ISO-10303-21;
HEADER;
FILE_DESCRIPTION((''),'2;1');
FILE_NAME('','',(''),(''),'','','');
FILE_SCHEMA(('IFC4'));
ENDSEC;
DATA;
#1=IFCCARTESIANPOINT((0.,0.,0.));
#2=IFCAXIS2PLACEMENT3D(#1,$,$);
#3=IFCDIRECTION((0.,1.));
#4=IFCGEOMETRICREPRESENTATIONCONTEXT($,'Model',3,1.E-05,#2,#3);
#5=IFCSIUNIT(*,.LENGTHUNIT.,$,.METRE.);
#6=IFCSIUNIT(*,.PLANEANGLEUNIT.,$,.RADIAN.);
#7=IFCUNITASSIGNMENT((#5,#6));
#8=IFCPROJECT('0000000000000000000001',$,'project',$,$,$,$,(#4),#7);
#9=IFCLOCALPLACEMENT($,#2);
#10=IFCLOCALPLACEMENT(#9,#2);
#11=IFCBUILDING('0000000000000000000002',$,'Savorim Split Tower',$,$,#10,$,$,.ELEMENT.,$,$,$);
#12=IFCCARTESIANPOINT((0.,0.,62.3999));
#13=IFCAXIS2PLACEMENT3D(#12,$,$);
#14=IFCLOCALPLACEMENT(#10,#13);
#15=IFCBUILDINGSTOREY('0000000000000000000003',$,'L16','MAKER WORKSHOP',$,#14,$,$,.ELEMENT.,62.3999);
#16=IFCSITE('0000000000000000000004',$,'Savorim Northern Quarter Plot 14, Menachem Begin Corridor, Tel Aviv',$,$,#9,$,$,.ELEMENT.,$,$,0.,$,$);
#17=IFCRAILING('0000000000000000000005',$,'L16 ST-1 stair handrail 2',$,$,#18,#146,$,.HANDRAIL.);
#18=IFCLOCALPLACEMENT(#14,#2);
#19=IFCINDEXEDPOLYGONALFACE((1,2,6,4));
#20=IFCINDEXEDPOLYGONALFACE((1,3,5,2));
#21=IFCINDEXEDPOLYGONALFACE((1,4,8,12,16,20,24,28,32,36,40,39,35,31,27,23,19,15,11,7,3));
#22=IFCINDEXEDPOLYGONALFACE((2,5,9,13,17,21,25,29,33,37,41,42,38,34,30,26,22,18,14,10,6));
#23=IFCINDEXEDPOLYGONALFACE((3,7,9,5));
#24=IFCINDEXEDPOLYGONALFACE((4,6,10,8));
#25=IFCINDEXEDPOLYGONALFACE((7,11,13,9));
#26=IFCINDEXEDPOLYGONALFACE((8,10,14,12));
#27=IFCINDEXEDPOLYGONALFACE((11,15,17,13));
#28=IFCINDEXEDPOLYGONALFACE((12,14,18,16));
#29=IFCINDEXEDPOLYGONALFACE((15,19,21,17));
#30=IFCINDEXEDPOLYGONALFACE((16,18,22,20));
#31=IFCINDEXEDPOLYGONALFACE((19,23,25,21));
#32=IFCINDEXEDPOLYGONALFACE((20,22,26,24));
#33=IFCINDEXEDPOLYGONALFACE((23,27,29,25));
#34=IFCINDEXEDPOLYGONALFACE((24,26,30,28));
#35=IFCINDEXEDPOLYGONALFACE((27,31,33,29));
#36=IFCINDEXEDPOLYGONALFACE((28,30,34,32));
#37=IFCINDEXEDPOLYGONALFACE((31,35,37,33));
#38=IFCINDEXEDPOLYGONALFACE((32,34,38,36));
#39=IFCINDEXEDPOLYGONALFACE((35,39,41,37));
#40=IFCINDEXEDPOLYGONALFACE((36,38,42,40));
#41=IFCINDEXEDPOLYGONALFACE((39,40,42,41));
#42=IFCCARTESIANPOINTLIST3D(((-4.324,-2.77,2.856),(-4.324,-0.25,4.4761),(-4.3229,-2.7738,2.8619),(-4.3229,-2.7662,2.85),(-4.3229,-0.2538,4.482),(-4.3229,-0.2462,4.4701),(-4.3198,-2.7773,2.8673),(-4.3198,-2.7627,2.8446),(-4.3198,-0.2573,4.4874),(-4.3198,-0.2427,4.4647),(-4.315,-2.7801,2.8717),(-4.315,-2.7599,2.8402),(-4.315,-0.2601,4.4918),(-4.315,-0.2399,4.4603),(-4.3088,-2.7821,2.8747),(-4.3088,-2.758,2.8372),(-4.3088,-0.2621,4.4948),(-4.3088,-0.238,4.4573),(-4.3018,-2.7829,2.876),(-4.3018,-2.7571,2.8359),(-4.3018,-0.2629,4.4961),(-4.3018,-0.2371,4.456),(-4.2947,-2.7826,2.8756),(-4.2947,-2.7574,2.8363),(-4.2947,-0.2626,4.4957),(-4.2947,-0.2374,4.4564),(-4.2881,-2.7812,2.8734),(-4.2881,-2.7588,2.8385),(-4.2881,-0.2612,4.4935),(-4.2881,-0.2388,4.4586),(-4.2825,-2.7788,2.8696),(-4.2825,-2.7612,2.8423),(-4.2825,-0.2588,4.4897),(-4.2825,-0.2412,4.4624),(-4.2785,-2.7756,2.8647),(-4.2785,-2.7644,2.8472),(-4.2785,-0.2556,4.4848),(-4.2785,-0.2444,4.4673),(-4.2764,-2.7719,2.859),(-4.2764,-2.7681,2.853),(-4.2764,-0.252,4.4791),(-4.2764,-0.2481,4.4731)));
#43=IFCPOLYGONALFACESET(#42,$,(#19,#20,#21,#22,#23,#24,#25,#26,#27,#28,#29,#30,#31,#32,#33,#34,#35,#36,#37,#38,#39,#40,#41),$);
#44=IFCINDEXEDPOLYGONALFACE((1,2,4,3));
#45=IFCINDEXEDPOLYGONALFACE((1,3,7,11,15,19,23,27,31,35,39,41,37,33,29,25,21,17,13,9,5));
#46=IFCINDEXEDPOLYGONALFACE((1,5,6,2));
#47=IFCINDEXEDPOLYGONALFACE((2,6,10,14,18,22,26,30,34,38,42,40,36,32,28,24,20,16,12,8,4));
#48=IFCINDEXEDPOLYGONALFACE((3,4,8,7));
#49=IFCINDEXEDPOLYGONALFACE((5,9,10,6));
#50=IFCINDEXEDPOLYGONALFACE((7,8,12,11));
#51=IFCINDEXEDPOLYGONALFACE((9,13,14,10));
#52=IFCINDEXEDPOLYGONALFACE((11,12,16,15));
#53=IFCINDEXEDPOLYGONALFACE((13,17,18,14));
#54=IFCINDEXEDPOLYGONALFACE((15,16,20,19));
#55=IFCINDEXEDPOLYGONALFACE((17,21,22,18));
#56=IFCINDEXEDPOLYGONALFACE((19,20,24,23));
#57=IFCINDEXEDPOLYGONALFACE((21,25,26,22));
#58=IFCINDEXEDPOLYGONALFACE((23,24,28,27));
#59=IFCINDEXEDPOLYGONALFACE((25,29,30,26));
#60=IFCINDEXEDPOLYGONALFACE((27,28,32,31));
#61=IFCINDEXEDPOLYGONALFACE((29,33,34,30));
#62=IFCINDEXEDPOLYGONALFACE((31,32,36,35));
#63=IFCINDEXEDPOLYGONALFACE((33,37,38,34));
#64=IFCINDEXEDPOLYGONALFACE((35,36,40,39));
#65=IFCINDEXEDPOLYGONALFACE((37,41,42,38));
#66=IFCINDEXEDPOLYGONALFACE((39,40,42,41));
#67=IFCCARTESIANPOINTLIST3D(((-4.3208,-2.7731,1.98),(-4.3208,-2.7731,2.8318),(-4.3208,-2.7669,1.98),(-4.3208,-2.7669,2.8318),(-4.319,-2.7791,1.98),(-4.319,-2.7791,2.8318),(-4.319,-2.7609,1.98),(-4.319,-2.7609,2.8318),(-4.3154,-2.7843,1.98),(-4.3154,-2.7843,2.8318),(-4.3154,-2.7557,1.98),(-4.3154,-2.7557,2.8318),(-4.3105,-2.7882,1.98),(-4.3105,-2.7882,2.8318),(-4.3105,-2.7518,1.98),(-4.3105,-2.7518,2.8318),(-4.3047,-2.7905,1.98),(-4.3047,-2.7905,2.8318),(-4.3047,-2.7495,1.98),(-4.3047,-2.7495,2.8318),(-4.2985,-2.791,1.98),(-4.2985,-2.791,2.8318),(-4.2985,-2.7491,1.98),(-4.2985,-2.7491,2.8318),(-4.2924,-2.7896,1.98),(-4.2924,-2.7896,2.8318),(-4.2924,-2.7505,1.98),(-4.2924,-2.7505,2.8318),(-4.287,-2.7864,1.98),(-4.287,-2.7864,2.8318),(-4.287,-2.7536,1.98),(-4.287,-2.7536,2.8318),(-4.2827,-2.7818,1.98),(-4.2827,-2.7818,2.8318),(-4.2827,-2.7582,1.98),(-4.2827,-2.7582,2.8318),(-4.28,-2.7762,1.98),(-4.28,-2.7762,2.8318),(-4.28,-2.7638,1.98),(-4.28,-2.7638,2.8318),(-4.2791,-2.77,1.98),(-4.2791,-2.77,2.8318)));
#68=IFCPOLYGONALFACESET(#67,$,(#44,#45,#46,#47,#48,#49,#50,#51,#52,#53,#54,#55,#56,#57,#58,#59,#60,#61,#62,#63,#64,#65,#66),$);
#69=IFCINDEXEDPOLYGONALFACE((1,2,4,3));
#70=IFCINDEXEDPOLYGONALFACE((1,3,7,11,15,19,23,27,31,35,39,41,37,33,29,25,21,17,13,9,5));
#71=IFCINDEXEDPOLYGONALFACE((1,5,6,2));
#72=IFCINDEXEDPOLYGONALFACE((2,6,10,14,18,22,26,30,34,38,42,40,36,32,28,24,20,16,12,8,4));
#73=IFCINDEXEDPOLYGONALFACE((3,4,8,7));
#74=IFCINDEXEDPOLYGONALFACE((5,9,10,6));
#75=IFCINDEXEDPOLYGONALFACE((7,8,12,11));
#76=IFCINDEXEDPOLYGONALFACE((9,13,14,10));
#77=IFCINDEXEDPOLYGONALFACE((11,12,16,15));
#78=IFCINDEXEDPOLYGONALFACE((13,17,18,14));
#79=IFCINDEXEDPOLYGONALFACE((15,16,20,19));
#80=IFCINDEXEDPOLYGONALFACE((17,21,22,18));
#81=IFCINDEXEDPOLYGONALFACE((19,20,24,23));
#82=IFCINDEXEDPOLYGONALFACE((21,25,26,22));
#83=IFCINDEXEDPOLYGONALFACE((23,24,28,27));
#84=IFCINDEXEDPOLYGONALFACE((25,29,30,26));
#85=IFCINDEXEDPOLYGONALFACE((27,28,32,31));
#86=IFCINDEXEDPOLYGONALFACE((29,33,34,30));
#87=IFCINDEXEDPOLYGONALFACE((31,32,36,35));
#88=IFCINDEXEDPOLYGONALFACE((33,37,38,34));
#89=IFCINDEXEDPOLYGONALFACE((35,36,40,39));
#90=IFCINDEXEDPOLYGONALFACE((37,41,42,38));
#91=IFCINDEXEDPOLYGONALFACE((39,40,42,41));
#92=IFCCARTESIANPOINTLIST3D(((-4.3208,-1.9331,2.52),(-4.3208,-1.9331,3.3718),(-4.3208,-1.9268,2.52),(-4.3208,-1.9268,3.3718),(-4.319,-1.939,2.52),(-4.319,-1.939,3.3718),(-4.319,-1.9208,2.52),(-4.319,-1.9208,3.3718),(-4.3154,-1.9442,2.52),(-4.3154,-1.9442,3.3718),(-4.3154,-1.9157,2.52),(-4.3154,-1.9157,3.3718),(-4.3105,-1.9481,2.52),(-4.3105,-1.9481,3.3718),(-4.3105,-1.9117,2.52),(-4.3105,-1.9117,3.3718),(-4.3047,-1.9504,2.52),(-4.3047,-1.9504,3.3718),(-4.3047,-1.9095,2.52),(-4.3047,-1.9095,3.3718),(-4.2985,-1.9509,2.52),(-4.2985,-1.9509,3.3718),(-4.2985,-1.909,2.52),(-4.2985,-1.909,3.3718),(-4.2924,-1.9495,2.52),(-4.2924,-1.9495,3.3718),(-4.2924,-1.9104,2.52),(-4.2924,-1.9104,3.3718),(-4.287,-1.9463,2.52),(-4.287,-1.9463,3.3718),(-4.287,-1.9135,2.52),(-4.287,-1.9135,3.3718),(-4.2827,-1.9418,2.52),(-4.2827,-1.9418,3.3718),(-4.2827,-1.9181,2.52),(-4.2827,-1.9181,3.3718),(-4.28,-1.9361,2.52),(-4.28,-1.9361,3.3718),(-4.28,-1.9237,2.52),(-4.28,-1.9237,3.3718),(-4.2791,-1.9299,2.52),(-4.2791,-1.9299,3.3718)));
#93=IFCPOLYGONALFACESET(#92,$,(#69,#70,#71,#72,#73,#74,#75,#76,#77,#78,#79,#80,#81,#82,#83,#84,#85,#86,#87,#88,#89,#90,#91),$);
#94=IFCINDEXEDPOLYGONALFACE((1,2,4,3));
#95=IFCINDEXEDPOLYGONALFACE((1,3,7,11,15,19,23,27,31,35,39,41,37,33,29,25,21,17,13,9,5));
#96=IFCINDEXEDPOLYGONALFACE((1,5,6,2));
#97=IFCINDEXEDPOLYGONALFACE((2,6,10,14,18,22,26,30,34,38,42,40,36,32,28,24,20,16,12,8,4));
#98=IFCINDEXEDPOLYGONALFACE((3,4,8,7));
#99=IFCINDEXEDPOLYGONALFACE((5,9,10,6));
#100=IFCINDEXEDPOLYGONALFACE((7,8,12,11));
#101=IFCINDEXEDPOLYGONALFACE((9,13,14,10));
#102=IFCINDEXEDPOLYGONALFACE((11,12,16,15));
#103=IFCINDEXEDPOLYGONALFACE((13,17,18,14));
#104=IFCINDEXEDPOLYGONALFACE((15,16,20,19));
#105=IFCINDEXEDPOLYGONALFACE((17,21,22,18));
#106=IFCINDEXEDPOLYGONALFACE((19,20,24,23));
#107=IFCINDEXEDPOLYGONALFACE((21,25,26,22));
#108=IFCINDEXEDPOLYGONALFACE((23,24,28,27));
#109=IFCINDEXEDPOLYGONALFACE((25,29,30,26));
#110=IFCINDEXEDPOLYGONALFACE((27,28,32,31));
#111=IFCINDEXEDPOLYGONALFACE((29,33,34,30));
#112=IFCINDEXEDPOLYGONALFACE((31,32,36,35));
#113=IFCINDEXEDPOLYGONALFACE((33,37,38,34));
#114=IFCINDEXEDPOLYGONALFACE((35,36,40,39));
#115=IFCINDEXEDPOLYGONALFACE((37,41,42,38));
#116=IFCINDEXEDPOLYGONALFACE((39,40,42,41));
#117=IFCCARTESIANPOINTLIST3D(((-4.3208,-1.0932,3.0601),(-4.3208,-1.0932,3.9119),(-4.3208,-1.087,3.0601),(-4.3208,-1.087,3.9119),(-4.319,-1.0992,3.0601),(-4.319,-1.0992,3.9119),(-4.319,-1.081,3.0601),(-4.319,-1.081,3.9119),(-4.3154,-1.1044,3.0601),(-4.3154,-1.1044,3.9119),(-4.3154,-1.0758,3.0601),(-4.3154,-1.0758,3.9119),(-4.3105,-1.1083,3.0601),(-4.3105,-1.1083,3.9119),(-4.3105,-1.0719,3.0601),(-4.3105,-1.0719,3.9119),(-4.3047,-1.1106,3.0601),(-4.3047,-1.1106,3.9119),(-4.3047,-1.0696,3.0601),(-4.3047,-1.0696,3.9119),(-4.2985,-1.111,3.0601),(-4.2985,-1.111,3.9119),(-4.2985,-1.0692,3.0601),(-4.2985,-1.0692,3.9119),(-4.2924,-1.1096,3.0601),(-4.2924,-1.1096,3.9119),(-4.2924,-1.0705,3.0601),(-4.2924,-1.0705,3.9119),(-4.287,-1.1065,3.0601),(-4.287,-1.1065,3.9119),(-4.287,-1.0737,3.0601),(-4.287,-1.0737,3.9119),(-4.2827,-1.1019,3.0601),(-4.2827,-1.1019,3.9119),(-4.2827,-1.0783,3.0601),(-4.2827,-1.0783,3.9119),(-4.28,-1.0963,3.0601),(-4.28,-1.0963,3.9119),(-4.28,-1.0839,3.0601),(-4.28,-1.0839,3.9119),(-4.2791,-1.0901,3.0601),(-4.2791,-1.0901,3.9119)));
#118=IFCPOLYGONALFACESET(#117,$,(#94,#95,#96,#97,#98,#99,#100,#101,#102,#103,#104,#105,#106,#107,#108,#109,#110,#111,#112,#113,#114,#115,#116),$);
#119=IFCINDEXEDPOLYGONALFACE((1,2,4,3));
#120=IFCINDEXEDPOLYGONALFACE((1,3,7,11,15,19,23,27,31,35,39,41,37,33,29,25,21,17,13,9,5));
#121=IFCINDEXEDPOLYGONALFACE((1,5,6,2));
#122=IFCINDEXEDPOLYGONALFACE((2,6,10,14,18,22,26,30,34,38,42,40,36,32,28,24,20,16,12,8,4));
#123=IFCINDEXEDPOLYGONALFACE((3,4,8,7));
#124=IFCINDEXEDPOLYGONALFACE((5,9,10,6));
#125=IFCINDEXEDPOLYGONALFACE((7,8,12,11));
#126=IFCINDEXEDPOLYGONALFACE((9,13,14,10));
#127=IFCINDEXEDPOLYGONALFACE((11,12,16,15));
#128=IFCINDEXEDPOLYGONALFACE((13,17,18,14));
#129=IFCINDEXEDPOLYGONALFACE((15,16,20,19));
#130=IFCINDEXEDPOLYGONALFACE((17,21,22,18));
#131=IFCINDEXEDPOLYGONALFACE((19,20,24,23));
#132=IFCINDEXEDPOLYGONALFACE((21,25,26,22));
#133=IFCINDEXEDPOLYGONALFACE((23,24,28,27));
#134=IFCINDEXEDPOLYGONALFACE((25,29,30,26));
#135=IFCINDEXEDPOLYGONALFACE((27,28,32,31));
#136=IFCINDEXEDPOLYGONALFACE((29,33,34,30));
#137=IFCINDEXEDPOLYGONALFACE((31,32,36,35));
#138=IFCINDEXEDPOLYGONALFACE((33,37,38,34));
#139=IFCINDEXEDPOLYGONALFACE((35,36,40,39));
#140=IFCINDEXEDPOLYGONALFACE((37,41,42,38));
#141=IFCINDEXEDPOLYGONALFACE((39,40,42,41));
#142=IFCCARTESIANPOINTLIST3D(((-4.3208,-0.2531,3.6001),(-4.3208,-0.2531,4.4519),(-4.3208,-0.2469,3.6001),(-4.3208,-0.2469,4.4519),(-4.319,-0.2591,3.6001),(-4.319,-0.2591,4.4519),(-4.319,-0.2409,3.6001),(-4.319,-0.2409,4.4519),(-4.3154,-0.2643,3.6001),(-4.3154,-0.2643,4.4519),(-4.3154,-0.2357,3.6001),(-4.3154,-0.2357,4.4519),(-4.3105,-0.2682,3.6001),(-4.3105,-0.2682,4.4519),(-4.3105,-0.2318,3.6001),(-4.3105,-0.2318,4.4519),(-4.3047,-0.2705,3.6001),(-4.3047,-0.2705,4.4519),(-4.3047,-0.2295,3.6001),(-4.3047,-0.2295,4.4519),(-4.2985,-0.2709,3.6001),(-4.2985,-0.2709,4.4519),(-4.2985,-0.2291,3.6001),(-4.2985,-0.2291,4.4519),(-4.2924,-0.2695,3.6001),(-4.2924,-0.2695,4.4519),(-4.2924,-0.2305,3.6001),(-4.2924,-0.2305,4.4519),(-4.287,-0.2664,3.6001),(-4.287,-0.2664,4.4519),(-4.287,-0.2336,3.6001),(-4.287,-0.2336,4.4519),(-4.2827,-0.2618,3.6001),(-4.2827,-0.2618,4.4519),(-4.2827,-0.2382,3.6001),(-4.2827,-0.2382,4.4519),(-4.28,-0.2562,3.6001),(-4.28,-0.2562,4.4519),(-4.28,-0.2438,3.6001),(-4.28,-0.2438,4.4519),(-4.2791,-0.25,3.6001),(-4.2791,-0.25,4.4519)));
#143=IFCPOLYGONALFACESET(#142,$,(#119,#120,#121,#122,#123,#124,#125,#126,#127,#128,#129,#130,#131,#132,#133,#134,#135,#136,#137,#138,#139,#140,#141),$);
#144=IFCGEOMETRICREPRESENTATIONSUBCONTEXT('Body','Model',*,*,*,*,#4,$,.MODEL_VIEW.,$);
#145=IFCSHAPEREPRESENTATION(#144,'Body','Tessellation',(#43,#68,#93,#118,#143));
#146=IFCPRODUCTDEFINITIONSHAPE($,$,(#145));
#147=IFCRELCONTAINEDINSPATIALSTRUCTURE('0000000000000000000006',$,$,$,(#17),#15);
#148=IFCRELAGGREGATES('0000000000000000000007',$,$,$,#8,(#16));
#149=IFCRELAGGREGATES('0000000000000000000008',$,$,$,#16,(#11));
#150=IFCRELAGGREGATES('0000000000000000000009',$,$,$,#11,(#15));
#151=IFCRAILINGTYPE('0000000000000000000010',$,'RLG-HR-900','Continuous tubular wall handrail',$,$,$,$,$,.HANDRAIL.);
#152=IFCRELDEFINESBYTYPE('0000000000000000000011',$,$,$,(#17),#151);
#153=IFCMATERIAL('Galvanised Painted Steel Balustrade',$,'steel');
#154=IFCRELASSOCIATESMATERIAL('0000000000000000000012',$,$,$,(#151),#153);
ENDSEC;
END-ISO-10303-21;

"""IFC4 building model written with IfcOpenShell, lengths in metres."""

from ifc_helpers import new_model, si_unit, direction, frame, origin, origin_2d, place, context, subcontext, project, spatial, circle, extrude, material, type_object, element, save


model = new_model("IFC4")

# Units and contexts
model_context = context("Model", 3, precision=1e-05, world=origin(), true_north=direction((0.0, 1.0)))
body_context = subcontext(model_context, "Body", "Model", "MODEL_VIEW")
ifc_project = project(units=[si_unit("LENGTHUNIT", "METRE"), si_unit("PLANEANGLEUNIT", "RADIAN")], contexts=[model_context])

# Site, building, storey
site_placement = place(None, origin())
site = spatial("IfcSite", under=ifc_project, at=site_placement, Name="Savorim Northern Quarter Plot 14, Menachem Begin Corridor, Tel Aviv", CompositionType="ELEMENT", RefElevation=0.0)
building_placement = place(site_placement, origin())
building = spatial("IfcBuilding", under=site, at=building_placement, Name="Savorim Split Tower", CompositionType="ELEMENT")
storey_placement = place(building_placement, frame((0.0, 0.0, 62.3999)))
storey = spatial("IfcBuildingStorey", under=building, at=storey_placement, Name="L16", Description="MAKER WORKSHOP", CompositionType="ELEMENT", Elevation=62.3999)

# Railing
ifc_material_1 = material(Name="Galvanised Painted Steel Balustrade", Category="steel")
railing_type_1 = type_object("IfcRailingType", Name="RLG-HR-900", Description="Continuous tubular wall handrail", PredefinedType="HANDRAIL", material=ifc_material_1)
railing_1_placement = place(storey_placement, frame((-4.3, -2.77, 1.98)))
element("IfcRailing", 1, at=railing_1_placement, inside=storey, type_object=railing_type_1, Name="L16 ST-1 stair handrail 2", PredefinedType="HANDRAIL", context=body_context, shape_type="SweptSolid", body=[
    extrude(circle(Radius=0.0239, at=origin_2d()), frame((0.0, 0.0, 0.876), z_axis=(0.0, 0.841163, 0.540782), x_axis=(-1.0, 0.0, 0.0)), (0.0, 0.0, 1.0), 2.9958),
    extrude(circle(Radius=0.021, at=origin_2d()), origin(), (0.0, 0.0, 1.0), 0.8518),
    extrude(circle(Radius=0.021, at=origin_2d()), frame((0.0, 0.8401, 0.54)), (0.0, 0.0, 1.0), 0.8518),
    extrude(circle(Radius=0.021, at=origin_2d()), frame((0.0, 1.6799, 1.0801)), (0.0, 0.0, 1.0), 0.8518),
    extrude(circle(Radius=0.021, at=origin_2d()), frame((0.0, 2.52, 1.6201)), (0.0, 0.0, 1.0), 0.8518),
])

save(model, "model.ifc")
